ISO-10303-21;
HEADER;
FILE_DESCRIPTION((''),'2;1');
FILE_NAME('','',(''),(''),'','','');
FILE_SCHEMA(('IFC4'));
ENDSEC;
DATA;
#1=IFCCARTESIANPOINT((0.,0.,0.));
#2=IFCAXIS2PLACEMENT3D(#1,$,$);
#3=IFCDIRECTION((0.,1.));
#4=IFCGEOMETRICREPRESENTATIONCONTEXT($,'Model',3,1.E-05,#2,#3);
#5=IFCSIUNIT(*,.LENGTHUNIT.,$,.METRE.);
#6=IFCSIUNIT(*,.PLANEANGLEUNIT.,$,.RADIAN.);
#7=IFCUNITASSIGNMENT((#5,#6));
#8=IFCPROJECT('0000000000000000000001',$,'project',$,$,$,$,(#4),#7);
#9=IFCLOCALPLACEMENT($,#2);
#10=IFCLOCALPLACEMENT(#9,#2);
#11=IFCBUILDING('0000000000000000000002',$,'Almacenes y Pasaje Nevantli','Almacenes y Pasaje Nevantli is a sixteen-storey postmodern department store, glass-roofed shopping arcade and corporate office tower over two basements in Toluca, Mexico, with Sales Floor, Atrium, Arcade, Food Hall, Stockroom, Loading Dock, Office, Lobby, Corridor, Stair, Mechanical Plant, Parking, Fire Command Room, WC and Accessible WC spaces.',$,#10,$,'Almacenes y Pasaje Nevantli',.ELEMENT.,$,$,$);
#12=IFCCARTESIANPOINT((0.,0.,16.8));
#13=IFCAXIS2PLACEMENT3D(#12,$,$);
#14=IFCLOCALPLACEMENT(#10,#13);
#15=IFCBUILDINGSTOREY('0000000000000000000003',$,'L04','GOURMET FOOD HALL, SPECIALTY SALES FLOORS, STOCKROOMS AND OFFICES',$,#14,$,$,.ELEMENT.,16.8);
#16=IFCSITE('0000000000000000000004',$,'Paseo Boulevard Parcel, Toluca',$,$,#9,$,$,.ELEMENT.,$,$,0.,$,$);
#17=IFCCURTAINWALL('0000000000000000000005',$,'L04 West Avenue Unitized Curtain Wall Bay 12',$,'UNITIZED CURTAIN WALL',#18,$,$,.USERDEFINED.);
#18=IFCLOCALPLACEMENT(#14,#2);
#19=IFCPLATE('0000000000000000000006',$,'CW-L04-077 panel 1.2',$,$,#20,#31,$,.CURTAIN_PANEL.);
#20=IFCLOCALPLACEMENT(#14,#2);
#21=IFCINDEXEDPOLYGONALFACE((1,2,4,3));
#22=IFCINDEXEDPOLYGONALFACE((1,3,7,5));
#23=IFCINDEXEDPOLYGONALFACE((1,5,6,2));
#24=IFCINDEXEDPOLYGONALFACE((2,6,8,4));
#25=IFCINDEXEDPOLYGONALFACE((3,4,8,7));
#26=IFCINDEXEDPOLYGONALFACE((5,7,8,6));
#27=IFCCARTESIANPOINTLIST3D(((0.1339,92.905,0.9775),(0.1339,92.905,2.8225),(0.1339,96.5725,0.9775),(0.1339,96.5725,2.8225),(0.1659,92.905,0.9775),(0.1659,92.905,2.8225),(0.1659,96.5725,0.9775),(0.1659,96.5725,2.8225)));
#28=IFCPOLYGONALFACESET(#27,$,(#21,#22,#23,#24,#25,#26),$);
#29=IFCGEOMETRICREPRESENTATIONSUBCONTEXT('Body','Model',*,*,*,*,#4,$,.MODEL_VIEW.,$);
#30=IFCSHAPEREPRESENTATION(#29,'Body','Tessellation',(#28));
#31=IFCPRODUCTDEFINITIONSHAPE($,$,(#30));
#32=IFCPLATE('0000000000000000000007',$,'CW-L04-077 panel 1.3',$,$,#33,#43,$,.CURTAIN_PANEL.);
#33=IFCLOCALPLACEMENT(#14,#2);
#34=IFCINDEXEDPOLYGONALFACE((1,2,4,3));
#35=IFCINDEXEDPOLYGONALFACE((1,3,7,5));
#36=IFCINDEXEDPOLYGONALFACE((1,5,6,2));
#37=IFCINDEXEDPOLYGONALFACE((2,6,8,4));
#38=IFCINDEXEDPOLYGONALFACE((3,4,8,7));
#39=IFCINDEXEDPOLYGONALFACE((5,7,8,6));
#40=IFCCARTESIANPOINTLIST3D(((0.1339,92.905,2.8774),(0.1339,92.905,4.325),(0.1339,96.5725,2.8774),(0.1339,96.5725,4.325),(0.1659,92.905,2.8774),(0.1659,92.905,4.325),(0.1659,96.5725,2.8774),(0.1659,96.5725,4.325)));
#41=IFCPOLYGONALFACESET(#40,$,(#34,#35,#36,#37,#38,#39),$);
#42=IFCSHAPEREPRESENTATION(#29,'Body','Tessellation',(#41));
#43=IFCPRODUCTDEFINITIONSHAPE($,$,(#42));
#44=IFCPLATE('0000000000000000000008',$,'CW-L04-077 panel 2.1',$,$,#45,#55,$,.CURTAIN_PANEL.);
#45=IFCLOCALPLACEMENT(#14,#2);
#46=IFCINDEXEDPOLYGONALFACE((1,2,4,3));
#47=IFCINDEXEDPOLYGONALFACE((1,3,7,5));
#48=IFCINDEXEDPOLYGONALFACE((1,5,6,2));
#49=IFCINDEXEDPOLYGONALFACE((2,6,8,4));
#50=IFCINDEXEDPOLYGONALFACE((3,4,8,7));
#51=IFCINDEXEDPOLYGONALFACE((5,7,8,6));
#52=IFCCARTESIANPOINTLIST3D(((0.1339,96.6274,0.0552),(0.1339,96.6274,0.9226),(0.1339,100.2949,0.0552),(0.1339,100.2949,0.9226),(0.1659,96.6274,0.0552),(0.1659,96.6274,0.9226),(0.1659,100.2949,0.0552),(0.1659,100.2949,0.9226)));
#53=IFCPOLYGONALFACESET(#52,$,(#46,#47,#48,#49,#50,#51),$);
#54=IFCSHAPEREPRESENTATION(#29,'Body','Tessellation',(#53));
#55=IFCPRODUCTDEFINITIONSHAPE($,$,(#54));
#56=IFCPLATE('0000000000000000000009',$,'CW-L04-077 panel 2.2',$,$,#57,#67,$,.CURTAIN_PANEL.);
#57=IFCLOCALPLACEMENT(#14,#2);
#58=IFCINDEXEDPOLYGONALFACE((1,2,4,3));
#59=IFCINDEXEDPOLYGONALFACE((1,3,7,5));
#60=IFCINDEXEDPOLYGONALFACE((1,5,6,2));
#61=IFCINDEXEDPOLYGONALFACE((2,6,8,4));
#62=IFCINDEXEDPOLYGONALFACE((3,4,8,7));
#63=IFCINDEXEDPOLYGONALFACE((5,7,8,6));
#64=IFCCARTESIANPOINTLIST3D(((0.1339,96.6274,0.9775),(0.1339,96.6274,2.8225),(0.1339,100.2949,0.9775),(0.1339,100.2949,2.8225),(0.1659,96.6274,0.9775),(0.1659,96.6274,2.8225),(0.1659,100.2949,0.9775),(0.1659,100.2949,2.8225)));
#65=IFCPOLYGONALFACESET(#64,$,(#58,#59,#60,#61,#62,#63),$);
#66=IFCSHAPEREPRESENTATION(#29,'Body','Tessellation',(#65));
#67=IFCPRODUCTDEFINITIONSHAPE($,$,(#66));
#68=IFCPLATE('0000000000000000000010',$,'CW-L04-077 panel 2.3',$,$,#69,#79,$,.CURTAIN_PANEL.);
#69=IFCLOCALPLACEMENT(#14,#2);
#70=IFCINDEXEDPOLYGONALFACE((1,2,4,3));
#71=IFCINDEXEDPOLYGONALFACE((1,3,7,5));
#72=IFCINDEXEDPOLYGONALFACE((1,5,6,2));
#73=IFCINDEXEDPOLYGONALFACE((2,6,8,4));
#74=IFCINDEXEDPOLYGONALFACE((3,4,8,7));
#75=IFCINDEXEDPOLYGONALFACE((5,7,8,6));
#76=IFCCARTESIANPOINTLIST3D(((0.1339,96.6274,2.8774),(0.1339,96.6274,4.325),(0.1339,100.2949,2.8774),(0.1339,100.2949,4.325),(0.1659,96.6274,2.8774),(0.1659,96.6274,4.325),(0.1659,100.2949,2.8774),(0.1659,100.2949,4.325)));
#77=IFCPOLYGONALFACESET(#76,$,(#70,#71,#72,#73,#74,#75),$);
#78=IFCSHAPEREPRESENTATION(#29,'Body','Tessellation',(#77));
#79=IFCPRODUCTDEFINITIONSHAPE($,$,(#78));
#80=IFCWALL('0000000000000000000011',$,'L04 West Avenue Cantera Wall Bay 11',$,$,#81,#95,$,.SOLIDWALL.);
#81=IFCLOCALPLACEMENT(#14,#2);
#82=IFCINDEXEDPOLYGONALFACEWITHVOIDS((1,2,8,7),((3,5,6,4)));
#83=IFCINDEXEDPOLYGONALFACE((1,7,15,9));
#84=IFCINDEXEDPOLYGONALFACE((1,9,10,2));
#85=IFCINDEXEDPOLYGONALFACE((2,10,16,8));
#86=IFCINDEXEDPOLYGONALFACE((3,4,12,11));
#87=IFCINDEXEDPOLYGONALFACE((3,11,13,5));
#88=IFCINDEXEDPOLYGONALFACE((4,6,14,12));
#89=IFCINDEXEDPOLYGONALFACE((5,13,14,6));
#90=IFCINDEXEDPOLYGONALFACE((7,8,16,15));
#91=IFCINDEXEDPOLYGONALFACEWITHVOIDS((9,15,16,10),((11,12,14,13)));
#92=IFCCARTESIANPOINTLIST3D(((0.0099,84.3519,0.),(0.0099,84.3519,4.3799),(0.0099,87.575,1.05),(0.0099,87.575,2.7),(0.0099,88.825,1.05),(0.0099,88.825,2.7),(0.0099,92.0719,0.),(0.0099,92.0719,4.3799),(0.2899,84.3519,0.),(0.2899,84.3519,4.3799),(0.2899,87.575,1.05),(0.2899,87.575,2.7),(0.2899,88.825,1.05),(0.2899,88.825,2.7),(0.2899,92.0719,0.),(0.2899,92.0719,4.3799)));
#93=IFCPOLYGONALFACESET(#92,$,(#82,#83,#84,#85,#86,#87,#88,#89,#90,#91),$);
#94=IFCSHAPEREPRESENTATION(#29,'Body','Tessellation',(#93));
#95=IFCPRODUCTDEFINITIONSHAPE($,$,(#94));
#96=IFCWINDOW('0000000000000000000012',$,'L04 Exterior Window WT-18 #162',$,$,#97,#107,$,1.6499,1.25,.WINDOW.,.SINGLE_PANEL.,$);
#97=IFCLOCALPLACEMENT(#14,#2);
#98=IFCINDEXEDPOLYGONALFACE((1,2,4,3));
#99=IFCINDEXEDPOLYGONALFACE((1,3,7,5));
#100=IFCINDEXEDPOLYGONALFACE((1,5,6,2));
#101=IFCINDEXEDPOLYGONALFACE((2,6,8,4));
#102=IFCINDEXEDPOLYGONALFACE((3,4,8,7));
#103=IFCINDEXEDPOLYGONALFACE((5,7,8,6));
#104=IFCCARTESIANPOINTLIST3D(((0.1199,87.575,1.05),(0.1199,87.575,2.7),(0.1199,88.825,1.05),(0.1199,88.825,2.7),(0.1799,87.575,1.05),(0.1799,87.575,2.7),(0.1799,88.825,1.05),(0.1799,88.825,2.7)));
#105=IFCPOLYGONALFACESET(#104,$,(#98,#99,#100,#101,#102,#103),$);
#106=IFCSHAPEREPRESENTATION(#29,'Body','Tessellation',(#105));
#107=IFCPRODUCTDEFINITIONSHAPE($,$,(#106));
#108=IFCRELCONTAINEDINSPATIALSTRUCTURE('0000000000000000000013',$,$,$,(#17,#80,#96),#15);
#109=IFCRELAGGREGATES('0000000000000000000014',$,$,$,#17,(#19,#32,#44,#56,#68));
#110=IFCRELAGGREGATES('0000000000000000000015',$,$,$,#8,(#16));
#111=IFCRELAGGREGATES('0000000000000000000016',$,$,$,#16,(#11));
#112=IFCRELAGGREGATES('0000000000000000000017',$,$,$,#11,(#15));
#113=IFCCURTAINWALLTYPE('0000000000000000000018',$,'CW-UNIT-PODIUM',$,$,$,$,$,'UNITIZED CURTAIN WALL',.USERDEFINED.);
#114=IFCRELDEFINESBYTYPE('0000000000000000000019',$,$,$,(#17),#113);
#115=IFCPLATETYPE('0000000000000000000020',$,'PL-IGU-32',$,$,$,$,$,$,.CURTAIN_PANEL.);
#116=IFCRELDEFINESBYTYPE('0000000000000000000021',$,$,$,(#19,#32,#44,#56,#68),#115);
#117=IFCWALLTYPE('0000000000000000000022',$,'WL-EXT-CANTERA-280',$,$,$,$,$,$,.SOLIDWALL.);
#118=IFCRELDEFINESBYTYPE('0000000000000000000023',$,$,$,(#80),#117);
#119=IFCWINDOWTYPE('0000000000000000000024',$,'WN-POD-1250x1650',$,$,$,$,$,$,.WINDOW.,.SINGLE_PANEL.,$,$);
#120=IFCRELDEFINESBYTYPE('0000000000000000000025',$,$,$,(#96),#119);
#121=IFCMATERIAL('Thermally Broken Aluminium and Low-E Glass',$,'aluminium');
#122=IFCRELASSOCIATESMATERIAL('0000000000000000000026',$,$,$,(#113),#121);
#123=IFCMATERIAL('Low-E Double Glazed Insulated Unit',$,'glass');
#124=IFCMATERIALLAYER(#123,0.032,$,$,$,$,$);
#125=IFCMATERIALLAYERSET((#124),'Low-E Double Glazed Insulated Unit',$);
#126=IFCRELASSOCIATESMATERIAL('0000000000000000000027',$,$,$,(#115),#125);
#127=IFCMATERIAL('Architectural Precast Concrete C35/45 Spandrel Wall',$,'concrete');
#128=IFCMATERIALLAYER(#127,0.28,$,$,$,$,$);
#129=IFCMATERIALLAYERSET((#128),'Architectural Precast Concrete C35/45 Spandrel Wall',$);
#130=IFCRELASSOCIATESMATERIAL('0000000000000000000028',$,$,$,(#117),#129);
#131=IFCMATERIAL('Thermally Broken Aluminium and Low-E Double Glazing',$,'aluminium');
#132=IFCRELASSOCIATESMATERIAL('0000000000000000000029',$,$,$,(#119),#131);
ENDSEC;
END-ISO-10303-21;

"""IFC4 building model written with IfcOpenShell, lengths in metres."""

from ifc_helpers import new_model, si_unit, direction, frame, frame_2d, origin, origin_2d, place, context, subcontext, project, spatial, rectangle, extrude, material, layer, layer_set, type_object, element, fill, aggregate, save


model = new_model("IFC4")

# Units and contexts
model_context = context("Model", 3, precision=1e-05, world=origin(), true_north=direction((0.0, 1.0)))
body_context = subcontext(model_context, "Body", "Model", "MODEL_VIEW")
ifc_project = project(units=[si_unit("LENGTHUNIT", "METRE"), si_unit("PLANEANGLEUNIT", "RADIAN")], contexts=[model_context])

# Site, building, storey
site_placement = place(None, origin())
site = spatial("IfcSite", under=ifc_project, at=site_placement, Name="Paseo Boulevard Parcel, Toluca", CompositionType="ELEMENT", RefElevation=0.0)
building_placement = place(site_placement, origin())
building = spatial("IfcBuilding", under=site, at=building_placement, Name="Almacenes y Pasaje Nevantli", Description="Almacenes y Pasaje Nevantli is a sixteen-storey postmodern department store, glass-roofed shopping arcade and corporate office tower over two basements in Toluca, Mexico, with Sales Floor, Atrium, Arcade, Food Hall, Stockroom, Loading Dock, Office, Lobby, Corridor, Stair, Mechanical Plant, Parking, Fire Command Room, WC and Accessible WC spaces.", LongName="Almacenes y Pasaje Nevantli", CompositionType="ELEMENT")
storey_placement = place(building_placement, frame((0.0, 0.0, 16.8)))
storey = spatial("IfcBuildingStorey", under=building, at=storey_placement, Name="L04", Description="GOURMET FOOD HALL, SPECIALTY SALES FLOORS, STOCKROOMS AND OFFICES", CompositionType="ELEMENT", Elevation=16.8)

# Shared definitions
ifc_material_1 = material(Name="Thermally Broken Aluminium and Low-E Glass", Category="aluminium")
curtain_wall_type = type_object("IfcCurtainWallType", Name="CW-UNIT-PODIUM", ElementType="UNITIZED CURTAIN WALL", PredefinedType="USERDEFINED", material=ifc_material_1)

# Curtain wall
curtain_wall_1_placement = place(storey_placement, origin())
curtain_wall_1 = element("IfcCurtainWall", 1, at=curtain_wall_1_placement, inside=storey, type_object=curtain_wall_type, Name="L04 West Avenue Unitized Curtain Wall Bay 12", ObjectType="UNITIZED CURTAIN WALL", PredefinedType="USERDEFINED")

# Plates
ifc_material_2 = material(Name="Low-E Double Glazed Insulated Unit", Category="glass")
ifc_layer_1 = layer(ifc_material_2, 0.032)
ifc_layer_set_1 = layer_set([ifc_layer_1], Name="Low-E Double Glazed Insulated Unit")
plate_type = type_object("IfcPlateType", Name="PL-IGU-32", PredefinedType="CURTAIN_PANEL", material=ifc_layer_set_1)
plate_1_placement = place(storey_placement, frame((0.1499, 94.7388, 0.9775), z_axis=(0.0, 0.0, 1.0), x_axis=(0.0, 1.0, 0.0)))
plate_1 = element("IfcPlate", 2, at=plate_1_placement, type_object=plate_type, Name="CW-L04-077 panel 1.2", PredefinedType="CURTAIN_PANEL", context=body_context, shape_type="SweptSolid", body=[
    extrude(rectangle(XDim=3.6675, YDim=0.032, at=origin_2d()), origin(), (0.0, 0.0, 1.0), 1.845),
])
plate_2_placement = place(storey_placement, frame((0.1499, 94.7388, 2.8774), z_axis=(0.0, 0.0, 1.0), x_axis=(0.0, 1.0, 0.0)))
plate_2 = element("IfcPlate", 3, at=plate_2_placement, type_object=plate_type, Name="CW-L04-077 panel 1.3", PredefinedType="CURTAIN_PANEL", context=body_context, shape_type="SweptSolid", body=[
    extrude(rectangle(XDim=3.6675, YDim=0.032, at=origin_2d()), origin(), (0.0, 0.0, 1.0), 1.4475),
])
plate_3_placement = place(storey_placement, frame((0.1499, 98.4612, 0.0552), z_axis=(0.0, 0.0, 1.0), x_axis=(0.0, 1.0, 0.0)))
plate_3 = element("IfcPlate", 4, at=plate_3_placement, type_object=plate_type, Name="CW-L04-077 panel 2.1", PredefinedType="CURTAIN_PANEL", context=body_context, shape_type="SweptSolid", body=[
    extrude(rectangle(XDim=3.6675, YDim=0.032, at=origin_2d()), origin(), (0.0, 0.0, 1.0), 0.8674),
])
plate_4_placement = place(storey_placement, frame((0.1499, 98.4612, 0.9775), z_axis=(0.0, 0.0, 1.0), x_axis=(0.0, 1.0, 0.0)))
plate_4 = element("IfcPlate", 5, at=plate_4_placement, type_object=plate_type, Name="CW-L04-077 panel 2.2", PredefinedType="CURTAIN_PANEL", context=body_context, shape_type="SweptSolid", body=[
    extrude(rectangle(XDim=3.6675, YDim=0.032, at=origin_2d()), origin(), (0.0, 0.0, 1.0), 1.845),
])
plate_5_placement = place(storey_placement, frame((0.1499, 98.4612, 2.8774), z_axis=(0.0, 0.0, 1.0), x_axis=(0.0, 1.0, 0.0)))
plate_5 = element("IfcPlate", 6, at=plate_5_placement, type_object=plate_type, Name="CW-L04-077 panel 2.3", PredefinedType="CURTAIN_PANEL", context=body_context, shape_type="SweptSolid", body=[
    extrude(rectangle(XDim=3.6675, YDim=0.032, at=origin_2d()), origin(), (0.0, 0.0, 1.0), 1.4475),
])
aggregate(curtain_wall_1, [plate_1, plate_2, plate_3, plate_4, plate_5])

# Wall, opening, window
ifc_material_3 = material(Name="Architectural Precast Concrete C35/45 Spandrel Wall", Category="concrete")
ifc_layer_2 = layer(ifc_material_3, 0.28)
ifc_layer_set_2 = layer_set([ifc_layer_2], Name="Architectural Precast Concrete C35/45 Spandrel Wall")
wall_type = type_object("IfcWallType", Name="WL-EXT-CANTERA-280", PredefinedType="SOLIDWALL", material=ifc_layer_set_2)
wall_placement = place(storey_placement, frame((0.1499, 84.3521, 0.0), z_axis=(0.0, 0.0, 1.0), x_axis=(0.0, 1.0, 0.0)))
wall = element("IfcWall", 7, at=wall_placement, inside=storey, type_object=wall_type, Name="L04 West Avenue Cantera Wall Bay 11", PredefinedType="SOLIDWALL", context=body_context, shape_type="SweptSolid", body=[
    extrude(rectangle(XDim=7.72, YDim=0.28, at=frame_2d((3.8599, 0.0))), origin(), (0.0, 0.0, 1.0), 4.3799),
])
opening_placement = place(wall_placement, frame((3.2229, 0.0, 1.05)))
opening = element("IfcOpeningElement", 8, at=opening_placement, cuts=wall, PredefinedType="OPENING", context=body_context, shape_type="SweptSolid", body=[
    extrude(rectangle(XDim=1.25, YDim=1.6499, at=frame_2d((0.625, 0.825))), frame((0.0, 0.1499, 0.0), z_axis=(0.0, -1.0, 0.0), x_axis=(1.0, 0.0, 0.0)), (0.0, 0.0, 1.0), 0.3),
])
ifc_material_4 = material(Name="Thermally Broken Aluminium and Low-E Double Glazing", Category="aluminium")
window_type = type_object("IfcWindowType", Name="WN-POD-1250x1650", PartitioningType="SINGLE_PANEL", PredefinedType="WINDOW", material=ifc_material_4)
window_placement = place(opening_placement, origin())
window = element("IfcWindow", 9, at=window_placement, inside=storey, type_object=window_type, Name="L04 Exterior Window WT-18 #162", OverallHeight=1.6499, OverallWidth=1.25, PartitioningType="SINGLE_PANEL", PredefinedType="WINDOW", context=body_context, shape_type="SweptSolid", body=[
    extrude(rectangle(XDim=1.25, YDim=1.6499, at=frame_2d((0.625, 0.825))), frame((0.0, 0.03, 0.0), z_axis=(0.0, -1.0, 0.0), x_axis=(1.0, 0.0, 0.0)), (0.0, 0.0, 1.0), 0.0601),
])
fill(opening, window)

save(model, "model.ifc")
